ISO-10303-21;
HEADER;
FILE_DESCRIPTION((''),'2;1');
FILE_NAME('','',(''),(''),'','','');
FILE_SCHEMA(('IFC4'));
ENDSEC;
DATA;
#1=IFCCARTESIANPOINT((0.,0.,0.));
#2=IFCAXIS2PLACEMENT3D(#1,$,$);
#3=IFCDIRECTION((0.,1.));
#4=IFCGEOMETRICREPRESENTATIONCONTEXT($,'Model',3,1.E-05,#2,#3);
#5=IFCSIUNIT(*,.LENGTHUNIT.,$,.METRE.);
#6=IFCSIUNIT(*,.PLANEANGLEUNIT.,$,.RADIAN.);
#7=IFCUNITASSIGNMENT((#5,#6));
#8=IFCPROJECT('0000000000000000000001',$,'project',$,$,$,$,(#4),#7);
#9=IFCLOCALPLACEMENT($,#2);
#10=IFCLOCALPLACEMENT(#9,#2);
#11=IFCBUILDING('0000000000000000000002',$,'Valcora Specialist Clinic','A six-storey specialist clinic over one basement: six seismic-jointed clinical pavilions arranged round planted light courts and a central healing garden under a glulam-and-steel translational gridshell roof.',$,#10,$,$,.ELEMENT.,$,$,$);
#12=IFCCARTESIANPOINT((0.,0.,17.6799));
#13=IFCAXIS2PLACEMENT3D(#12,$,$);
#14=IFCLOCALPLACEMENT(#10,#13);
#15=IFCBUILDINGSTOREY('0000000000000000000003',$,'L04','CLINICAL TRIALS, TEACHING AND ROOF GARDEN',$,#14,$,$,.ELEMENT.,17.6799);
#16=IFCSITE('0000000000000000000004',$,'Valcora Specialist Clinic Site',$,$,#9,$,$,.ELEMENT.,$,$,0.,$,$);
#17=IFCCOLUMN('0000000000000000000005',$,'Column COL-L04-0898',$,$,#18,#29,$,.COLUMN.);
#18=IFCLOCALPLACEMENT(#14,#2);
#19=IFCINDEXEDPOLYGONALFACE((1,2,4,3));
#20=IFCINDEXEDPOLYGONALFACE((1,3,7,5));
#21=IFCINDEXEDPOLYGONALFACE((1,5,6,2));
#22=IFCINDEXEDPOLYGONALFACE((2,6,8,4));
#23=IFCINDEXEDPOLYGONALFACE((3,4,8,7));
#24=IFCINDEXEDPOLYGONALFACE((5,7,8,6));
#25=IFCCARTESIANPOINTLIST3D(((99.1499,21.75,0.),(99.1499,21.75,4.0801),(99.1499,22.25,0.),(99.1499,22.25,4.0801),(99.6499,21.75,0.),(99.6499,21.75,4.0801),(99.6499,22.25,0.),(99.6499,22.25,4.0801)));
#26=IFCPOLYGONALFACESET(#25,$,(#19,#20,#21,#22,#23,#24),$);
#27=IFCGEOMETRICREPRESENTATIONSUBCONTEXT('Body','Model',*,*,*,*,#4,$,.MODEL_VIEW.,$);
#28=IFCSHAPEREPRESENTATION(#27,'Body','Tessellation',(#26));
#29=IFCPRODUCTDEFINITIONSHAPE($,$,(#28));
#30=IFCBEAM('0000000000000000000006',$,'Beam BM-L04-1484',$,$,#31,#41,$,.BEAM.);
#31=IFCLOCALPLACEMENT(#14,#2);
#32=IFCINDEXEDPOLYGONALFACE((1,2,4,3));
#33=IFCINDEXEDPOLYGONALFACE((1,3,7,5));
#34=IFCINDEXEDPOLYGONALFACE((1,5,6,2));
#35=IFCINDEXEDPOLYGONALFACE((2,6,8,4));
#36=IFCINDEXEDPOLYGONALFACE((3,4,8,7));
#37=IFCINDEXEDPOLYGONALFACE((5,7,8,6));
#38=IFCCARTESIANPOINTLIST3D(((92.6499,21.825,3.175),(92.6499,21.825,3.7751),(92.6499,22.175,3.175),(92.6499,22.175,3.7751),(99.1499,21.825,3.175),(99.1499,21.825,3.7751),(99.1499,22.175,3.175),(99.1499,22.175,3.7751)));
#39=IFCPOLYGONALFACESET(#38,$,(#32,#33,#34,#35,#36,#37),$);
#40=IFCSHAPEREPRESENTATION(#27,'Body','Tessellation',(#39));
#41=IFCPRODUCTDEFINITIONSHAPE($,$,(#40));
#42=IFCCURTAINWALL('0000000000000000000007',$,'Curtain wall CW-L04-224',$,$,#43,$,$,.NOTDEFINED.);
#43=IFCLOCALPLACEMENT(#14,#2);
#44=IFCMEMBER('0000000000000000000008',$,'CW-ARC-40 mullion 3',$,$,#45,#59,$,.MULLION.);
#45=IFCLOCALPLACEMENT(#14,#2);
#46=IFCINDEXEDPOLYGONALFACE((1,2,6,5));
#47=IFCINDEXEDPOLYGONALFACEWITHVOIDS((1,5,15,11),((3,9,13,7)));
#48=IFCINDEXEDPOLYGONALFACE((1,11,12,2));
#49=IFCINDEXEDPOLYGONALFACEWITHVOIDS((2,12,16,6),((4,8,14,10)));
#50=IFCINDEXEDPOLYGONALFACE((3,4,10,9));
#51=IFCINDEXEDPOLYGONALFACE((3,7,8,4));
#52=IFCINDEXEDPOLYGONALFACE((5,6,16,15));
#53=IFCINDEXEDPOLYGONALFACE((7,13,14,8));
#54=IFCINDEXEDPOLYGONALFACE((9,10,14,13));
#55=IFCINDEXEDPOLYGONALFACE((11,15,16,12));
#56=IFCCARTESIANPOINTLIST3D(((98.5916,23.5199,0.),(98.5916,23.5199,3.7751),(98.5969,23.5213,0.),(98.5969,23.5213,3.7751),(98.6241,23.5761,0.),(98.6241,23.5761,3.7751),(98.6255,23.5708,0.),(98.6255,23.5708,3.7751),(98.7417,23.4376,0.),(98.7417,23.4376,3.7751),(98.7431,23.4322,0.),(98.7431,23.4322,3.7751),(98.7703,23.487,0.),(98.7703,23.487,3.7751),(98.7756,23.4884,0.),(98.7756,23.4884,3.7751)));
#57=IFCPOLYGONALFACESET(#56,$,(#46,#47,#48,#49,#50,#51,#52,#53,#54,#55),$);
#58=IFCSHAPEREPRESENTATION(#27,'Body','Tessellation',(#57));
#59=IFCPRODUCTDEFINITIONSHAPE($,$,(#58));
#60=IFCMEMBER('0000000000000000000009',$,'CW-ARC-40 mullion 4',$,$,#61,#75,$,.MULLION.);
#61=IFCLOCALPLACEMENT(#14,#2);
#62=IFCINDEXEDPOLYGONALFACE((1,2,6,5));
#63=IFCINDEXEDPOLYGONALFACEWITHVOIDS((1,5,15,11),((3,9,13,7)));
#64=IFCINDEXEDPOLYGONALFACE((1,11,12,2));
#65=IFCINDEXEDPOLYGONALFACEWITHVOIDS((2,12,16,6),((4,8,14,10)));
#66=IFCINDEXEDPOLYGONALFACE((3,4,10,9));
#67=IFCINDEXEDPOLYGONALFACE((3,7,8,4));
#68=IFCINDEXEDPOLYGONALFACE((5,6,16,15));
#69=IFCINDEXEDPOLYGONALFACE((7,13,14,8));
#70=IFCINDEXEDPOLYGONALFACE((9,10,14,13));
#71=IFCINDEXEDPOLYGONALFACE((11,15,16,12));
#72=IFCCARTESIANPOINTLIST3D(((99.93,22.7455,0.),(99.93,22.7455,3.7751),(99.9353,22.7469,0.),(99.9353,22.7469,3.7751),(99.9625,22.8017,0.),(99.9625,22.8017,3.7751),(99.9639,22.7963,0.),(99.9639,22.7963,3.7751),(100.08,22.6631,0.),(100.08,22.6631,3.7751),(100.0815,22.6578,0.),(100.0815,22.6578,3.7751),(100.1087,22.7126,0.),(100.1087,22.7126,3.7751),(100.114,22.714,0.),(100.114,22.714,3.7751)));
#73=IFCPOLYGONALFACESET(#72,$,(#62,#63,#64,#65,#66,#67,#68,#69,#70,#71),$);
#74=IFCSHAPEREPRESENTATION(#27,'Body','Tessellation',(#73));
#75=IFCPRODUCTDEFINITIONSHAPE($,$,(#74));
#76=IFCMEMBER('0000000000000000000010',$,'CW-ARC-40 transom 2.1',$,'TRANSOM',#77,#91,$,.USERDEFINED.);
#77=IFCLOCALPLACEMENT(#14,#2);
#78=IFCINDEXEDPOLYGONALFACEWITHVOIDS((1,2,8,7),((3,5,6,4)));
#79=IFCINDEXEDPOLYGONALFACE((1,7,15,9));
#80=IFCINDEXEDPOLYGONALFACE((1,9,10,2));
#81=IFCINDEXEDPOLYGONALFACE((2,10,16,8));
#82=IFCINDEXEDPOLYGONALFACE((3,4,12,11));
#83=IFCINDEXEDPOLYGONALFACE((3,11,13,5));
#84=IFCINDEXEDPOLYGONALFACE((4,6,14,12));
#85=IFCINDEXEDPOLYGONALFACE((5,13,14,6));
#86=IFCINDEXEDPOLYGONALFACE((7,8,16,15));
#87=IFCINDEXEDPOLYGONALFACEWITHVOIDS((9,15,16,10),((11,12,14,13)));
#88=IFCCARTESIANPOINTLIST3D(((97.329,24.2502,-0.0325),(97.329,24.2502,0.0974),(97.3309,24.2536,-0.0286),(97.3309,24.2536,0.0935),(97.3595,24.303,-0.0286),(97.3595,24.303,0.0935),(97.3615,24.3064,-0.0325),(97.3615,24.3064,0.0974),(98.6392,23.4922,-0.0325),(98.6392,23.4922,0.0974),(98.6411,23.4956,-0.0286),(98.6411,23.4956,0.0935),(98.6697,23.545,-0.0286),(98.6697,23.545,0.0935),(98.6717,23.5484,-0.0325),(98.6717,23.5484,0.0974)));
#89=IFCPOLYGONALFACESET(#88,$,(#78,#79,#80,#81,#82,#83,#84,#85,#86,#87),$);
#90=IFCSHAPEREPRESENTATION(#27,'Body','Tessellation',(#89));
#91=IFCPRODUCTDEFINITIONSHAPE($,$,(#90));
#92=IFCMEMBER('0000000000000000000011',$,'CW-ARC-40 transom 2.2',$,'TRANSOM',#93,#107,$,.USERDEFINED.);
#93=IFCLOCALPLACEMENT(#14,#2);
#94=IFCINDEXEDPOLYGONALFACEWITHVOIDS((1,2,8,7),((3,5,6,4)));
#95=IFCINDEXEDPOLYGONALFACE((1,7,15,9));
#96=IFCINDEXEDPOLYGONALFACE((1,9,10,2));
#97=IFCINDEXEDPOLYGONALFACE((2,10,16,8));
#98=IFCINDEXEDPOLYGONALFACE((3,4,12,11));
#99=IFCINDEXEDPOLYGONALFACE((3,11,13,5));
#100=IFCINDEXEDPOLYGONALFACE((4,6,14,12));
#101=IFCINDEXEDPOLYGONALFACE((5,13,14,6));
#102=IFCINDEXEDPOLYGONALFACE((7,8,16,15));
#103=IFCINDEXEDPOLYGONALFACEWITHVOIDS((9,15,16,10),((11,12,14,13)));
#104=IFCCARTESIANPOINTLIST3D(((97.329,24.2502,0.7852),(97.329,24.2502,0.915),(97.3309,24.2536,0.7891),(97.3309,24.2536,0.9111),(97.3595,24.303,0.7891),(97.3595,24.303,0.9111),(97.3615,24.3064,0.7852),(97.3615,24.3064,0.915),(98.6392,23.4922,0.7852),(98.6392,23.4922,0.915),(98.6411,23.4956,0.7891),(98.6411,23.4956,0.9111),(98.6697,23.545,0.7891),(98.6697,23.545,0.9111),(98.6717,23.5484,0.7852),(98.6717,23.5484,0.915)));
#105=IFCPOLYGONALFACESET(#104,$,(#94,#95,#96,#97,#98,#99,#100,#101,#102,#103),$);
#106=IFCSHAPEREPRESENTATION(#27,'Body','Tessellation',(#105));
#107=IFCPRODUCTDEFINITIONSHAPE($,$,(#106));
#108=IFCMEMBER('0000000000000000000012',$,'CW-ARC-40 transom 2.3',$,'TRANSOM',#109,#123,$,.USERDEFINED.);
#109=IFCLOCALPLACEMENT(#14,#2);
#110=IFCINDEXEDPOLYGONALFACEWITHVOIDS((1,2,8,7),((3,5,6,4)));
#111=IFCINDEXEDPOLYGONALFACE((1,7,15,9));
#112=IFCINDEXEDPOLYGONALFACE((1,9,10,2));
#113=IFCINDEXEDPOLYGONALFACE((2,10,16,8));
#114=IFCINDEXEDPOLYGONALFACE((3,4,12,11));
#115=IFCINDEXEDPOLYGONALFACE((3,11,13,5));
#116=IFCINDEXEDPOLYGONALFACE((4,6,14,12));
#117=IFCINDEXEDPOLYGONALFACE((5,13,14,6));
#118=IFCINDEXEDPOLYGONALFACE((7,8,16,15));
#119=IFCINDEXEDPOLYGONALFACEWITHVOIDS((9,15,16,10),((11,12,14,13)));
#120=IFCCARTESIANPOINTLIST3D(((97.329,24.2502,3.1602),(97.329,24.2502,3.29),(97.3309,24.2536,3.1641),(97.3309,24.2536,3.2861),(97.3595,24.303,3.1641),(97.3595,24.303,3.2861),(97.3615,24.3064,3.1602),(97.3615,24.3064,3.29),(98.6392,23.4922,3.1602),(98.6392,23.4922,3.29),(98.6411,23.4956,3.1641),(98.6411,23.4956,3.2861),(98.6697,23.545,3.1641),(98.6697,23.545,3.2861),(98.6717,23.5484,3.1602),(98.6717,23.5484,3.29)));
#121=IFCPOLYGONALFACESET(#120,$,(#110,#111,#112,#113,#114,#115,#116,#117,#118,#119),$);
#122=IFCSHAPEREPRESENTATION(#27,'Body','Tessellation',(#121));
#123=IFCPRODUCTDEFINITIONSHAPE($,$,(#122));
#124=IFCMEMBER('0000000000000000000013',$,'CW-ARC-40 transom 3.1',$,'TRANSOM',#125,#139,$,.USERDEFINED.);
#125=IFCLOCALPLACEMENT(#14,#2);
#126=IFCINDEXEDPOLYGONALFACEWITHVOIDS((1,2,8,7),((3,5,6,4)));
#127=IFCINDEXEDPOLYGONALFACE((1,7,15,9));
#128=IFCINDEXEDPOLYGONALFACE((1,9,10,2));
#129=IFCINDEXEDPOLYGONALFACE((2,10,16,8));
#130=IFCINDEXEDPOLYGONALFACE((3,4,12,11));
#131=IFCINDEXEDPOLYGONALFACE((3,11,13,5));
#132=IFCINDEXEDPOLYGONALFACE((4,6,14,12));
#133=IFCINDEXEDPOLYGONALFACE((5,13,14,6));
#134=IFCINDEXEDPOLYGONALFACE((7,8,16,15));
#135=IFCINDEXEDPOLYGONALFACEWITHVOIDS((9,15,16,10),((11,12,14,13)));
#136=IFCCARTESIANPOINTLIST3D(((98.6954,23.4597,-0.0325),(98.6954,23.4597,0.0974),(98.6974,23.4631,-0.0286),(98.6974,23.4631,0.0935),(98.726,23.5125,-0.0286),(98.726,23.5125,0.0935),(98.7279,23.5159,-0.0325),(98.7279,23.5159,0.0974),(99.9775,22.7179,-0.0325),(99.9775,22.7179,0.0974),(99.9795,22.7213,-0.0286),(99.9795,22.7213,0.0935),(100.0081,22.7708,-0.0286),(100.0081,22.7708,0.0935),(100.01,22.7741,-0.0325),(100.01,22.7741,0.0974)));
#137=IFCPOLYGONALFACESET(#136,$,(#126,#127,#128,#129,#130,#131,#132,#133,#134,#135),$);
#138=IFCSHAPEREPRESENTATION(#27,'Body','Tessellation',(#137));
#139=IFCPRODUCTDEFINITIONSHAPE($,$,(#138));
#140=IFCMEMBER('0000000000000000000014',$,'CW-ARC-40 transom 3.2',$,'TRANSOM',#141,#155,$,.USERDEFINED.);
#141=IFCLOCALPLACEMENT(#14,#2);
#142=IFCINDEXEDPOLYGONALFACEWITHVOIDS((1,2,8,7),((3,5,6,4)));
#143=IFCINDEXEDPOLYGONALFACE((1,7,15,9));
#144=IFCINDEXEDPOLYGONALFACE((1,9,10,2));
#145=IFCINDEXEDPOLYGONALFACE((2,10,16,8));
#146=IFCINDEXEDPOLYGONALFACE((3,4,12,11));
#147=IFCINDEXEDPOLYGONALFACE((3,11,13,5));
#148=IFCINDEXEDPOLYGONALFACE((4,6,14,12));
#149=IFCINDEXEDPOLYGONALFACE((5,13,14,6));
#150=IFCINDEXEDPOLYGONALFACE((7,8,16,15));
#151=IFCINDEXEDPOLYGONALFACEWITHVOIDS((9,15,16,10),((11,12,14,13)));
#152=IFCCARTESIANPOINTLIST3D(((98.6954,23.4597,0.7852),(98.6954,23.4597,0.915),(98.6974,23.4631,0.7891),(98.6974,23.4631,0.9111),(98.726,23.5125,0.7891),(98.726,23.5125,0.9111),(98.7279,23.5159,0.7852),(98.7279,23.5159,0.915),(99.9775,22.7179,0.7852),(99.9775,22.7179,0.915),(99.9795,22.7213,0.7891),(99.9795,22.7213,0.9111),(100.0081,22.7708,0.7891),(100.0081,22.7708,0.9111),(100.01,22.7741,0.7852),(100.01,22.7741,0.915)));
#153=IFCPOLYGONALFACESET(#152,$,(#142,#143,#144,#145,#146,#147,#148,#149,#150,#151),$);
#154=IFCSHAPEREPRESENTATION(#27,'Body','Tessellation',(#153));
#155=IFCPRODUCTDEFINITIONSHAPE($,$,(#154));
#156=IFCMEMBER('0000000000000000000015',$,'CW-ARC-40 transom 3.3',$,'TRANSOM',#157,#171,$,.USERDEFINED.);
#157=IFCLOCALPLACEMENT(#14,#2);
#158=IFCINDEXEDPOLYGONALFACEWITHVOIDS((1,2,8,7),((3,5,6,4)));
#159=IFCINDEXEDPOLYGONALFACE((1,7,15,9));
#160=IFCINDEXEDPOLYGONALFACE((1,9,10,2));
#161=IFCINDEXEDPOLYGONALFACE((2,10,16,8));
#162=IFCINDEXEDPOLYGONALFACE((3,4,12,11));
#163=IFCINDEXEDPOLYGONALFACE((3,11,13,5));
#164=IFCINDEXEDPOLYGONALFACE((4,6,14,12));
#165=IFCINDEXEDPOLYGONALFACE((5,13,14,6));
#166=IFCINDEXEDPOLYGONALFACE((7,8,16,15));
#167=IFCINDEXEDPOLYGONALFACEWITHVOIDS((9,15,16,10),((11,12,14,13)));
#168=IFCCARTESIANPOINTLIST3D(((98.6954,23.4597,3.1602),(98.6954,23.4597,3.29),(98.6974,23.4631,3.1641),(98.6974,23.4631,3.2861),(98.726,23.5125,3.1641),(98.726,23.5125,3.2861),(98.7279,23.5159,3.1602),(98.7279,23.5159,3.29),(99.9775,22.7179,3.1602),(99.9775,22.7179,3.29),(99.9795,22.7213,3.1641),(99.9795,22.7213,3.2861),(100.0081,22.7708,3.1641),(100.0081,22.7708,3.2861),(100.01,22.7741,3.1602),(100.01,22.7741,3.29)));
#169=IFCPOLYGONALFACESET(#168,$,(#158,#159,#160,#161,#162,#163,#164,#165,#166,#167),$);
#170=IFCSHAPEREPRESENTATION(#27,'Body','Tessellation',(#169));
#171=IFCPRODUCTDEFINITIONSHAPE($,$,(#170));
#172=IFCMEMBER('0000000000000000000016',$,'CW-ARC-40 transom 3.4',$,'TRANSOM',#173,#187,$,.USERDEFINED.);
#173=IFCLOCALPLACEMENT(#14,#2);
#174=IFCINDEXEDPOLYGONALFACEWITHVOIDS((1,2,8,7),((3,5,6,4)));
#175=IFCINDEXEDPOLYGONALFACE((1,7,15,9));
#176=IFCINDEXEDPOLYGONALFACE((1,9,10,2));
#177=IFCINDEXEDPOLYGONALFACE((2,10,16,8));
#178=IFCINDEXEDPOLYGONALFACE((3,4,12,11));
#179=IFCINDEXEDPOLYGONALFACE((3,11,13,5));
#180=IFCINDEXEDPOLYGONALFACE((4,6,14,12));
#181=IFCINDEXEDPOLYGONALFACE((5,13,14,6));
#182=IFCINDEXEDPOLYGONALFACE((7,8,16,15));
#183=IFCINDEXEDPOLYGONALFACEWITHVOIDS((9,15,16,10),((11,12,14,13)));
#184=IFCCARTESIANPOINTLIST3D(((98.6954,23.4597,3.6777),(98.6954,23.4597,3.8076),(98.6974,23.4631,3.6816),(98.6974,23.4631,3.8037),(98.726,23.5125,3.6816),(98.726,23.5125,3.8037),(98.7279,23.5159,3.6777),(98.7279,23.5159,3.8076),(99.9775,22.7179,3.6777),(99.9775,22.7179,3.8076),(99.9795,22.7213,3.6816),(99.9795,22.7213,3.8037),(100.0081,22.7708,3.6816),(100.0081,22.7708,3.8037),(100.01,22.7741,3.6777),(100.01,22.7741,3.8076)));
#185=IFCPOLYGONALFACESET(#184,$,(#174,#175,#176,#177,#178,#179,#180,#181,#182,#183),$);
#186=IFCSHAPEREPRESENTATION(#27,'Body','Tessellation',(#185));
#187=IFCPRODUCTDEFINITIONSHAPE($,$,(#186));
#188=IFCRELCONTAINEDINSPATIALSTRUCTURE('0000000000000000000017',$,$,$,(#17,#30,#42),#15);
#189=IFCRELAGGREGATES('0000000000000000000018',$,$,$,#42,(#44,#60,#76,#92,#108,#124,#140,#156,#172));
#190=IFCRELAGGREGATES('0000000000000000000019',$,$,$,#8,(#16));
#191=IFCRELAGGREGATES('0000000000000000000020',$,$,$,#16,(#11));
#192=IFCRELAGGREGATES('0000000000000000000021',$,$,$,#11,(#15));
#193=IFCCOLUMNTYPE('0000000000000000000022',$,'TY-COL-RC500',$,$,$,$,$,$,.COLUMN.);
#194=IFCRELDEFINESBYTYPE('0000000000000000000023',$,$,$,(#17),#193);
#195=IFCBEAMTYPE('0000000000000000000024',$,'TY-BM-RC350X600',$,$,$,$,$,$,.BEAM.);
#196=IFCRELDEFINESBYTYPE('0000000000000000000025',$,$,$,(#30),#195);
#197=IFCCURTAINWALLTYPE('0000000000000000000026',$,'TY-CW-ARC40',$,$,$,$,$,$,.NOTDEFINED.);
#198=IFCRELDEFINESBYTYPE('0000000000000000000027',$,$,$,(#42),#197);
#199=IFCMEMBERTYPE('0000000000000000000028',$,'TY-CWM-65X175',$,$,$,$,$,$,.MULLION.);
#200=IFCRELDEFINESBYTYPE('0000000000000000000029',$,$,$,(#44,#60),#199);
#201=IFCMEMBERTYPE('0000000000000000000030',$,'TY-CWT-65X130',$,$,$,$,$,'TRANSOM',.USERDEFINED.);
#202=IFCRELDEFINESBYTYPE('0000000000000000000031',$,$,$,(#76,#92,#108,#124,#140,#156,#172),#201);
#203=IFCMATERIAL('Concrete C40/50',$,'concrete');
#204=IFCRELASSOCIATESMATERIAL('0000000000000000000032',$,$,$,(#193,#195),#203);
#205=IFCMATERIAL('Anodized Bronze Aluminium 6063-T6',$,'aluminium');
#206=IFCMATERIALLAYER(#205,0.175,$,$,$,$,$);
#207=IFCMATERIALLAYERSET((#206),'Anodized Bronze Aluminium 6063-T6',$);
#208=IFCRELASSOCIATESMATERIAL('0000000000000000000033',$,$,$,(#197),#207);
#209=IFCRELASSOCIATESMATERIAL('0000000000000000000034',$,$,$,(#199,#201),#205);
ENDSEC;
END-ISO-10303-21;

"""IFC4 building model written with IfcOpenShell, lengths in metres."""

from ifc_helpers import new_model, si_unit, direction, frame, origin, origin_2d, place, context, subcontext, project, spatial, rectangle, hollow_rectangle, extrude, material, layer, layer_set, material_profile, profile_set, type_object, element, aggregate, save


model = new_model("IFC4")

# Units and contexts
model_context = context("Model", 3, precision=1e-05, world=origin(), true_north=direction((0.0, 1.0)))
body_context = subcontext(model_context, "Body", "Model", "MODEL_VIEW")
ifc_project = project(units=[si_unit("LENGTHUNIT", "METRE"), si_unit("PLANEANGLEUNIT", "RADIAN")], contexts=[model_context])

# Site, building, storey
site_placement = place(None, origin())
site = spatial("IfcSite", under=ifc_project, at=site_placement, Name="Valcora Specialist Clinic Site", CompositionType="ELEMENT", RefElevation=0.0)
building_placement = place(site_placement, origin())
building = spatial("IfcBuilding", under=site, at=building_placement, Name="Valcora Specialist Clinic", Description="A six-storey specialist clinic over one basement: six seismic-jointed clinical pavilions arranged round planted light courts and a central healing garden under a glulam-and-steel translational gridshell roof.", CompositionType="ELEMENT")
storey_placement = place(building_placement, frame((0.0, 0.0, 17.6799)))
storey = spatial("IfcBuildingStorey", under=building, at=storey_placement, Name="L04", Description="CLINICAL TRIALS, TEACHING AND ROOF GARDEN", CompositionType="ELEMENT", Elevation=17.6799)

# Column
ifc_material_1 = material(Name="Concrete C40/50", Category="concrete")
ifc_material_profile_1 = material_profile(ifc_material_1, rectangle(XDim=0.5, YDim=0.5, at=origin_2d()), Name="RC-COL-500X500")
ifc_profile_set_1 = profile_set([ifc_material_profile_1], Name="Concrete C40/50")
column_type = type_object("IfcColumnType", Name="TY-COL-RC500", PredefinedType="COLUMN", material=ifc_profile_set_1)
column_placement = place(storey_placement, frame((99.3999, 22.0, 0.0), z_axis=(0.0, 0.0, 1.0), x_axis=(1.0, 0.0, 0.0)))
element("IfcColumn", 1, at=column_placement, inside=storey, type_object=column_type, Name="Column COL-L04-0898", PredefinedType="COLUMN", context=body_context, shape_type="SweptSolid", body=[
    extrude(rectangle(XDim=0.5, YDim=0.5, at=origin_2d()), origin(), (0.0, 0.0, 1.0), 4.0801),
])

# Beam
ifc_material_profile_2 = material_profile(ifc_material_1, rectangle(XDim=0.3501, YDim=0.6001, at=origin_2d()), Name="RC-BM-350X600")
ifc_profile_set_2 = profile_set([ifc_material_profile_2], Name="Concrete C40/50")
beam_type = type_object("IfcBeamType", Name="TY-BM-RC350X600", PredefinedType="BEAM", material=ifc_profile_set_2)
beam_placement = place(storey_placement, frame((92.6499, 22.0, 3.4751), z_axis=(1.0, 0.0, 0.0), x_axis=(0.0, 1.0, 0.0)))
element("IfcBeam", 2, at=beam_placement, inside=storey, type_object=beam_type, Name="Beam BM-L04-1484", PredefinedType="BEAM", context=body_context, shape_type="SweptSolid", body=[
    extrude(rectangle(XDim=0.3501, YDim=0.6001, at=origin_2d()), origin(), (0.0, 0.0, 1.0), 6.5),
])

# Curtain wall, members
ifc_material_2 = material(Name="Anodized Bronze Aluminium 6063-T6", Category="aluminium")
ifc_layer_1 = layer(ifc_material_2, 0.175)
ifc_layer_set_1 = layer_set([ifc_layer_1], Name="Anodized Bronze Aluminium 6063-T6")
curtain_wall_type = type_object("IfcCurtainWallType", Name="TY-CW-ARC40", PredefinedType="NOTDEFINED", material=ifc_layer_set_1)
curtain_wall_placement = place(storey_placement, origin())
curtain_wall = element("IfcCurtainWall", 3, at=curtain_wall_placement, inside=storey, type_object=curtain_wall_type, Name="Curtain wall CW-L04-224", PredefinedType="NOTDEFINED")
ifc_material_profile_3 = material_profile(ifc_material_2, hollow_rectangle(XDim=0.0649, YDim=0.175, WallThickness=0.0039, at=origin_2d()), Name="AL-MUL-65X175")
ifc_profile_set_3 = profile_set([ifc_material_profile_3], Name="Anodized Bronze Aluminium 6063-T6")
member_type_1 = type_object("IfcMemberType", Name="TY-CWM-65X175", PredefinedType="MULLION", material=ifc_profile_set_3)
member_1_placement = place(storey_placement, frame((98.6836, 23.5042, 0.0), z_axis=(0.0, 0.0, 1.0), x_axis=(0.500796, 0.865566, 0.0)))
member_1 = element("IfcMember", 4, at=member_1_placement, type_object=member_type_1, Name="CW-ARC-40 mullion 3", PredefinedType="MULLION", context=body_context, shape_type="SweptSolid", body=[
    extrude(hollow_rectangle(XDim=0.0649, YDim=0.175, WallThickness=0.0039, at=origin_2d()), origin(), (0.0, 0.0, 1.0), 3.7751),
])
member_2_placement = place(storey_placement, frame((100.022, 22.7297, 0.0), z_axis=(0.0, 0.0, 1.0), x_axis=(0.500796, 0.865566, 0.0)))
member_2 = element("IfcMember", 5, at=member_2_placement, type_object=member_type_1, Name="CW-ARC-40 mullion 4", PredefinedType="MULLION", context=body_context, shape_type="SweptSolid", body=[
    extrude(hollow_rectangle(XDim=0.0649, YDim=0.175, WallThickness=0.0039, at=origin_2d()), origin(), (0.0, 0.0, 1.0), 3.7751),
])
ifc_material_profile_4 = material_profile(ifc_material_2, hollow_rectangle(XDim=0.0649, YDim=0.1299, WallThickness=0.0039, at=origin_2d()), Name="AL-TRN-65X130")
ifc_profile_set_4 = profile_set([ifc_material_profile_4], Name="Anodized Bronze Aluminium 6063-T6")
member_type_2 = type_object("IfcMemberType", Name="TY-CWT-65X130", ElementType="TRANSOM", PredefinedType="USERDEFINED", material=ifc_profile_set_4)
member_3_placement = place(storey_placement, frame((97.3452, 24.2783, 0.0325), z_axis=(0.865581, -0.500769, 0.0), x_axis=(0.500769, 0.865581, 0.0)))
member_3 = element("IfcMember", 6, at=member_3_placement, type_object=member_type_2, Name="CW-ARC-40 transom 2.1", ObjectType="TRANSOM", PredefinedType="USERDEFINED", context=body_context, shape_type="SweptSolid", body=[
    extrude(hollow_rectangle(XDim=0.0649, YDim=0.1299, WallThickness=0.0039, at=origin_2d()), origin(), (0.0, 0.0, 1.0), 1.5137),
])
member_4_placement = place(storey_placement, frame((97.3452, 24.2783, 0.8501), z_axis=(0.865581, -0.500769, 0.0), x_axis=(0.500769, 0.865581, 0.0)))
member_4 = element("IfcMember", 7, at=member_4_placement, type_object=member_type_2, Name="CW-ARC-40 transom 2.2", ObjectType="TRANSOM", PredefinedType="USERDEFINED", context=body_context, shape_type="SweptSolid", body=[
    extrude(hollow_rectangle(XDim=0.0649, YDim=0.1299, WallThickness=0.0039, at=origin_2d()), origin(), (0.0, 0.0, 1.0), 1.5137),
])
member_5_placement = place(storey_placement, frame((97.3452, 24.2783, 3.2251), z_axis=(0.865581, -0.500769, 0.0), x_axis=(0.500769, 0.865581, 0.0)))
member_5 = element("IfcMember", 8, at=member_5_placement, type_object=member_type_2, Name="CW-ARC-40 transom 2.3", ObjectType="TRANSOM", PredefinedType="USERDEFINED", context=body_context, shape_type="SweptSolid", body=[
    extrude(hollow_rectangle(XDim=0.0649, YDim=0.1299, WallThickness=0.0039, at=origin_2d()), origin(), (0.0, 0.0, 1.0), 1.5137),
])
member_6_placement = place(storey_placement, frame((98.7117, 23.4878, 0.0325), z_axis=(0.865573, -0.500783, 0.0), x_axis=(0.500783, 0.865573, 0.0)))
member_6 = element("IfcMember", 9, at=member_6_placement, type_object=member_type_2, Name="CW-ARC-40 transom 3.1", ObjectType="TRANSOM", PredefinedType="USERDEFINED", context=body_context, shape_type="SweptSolid", body=[
    extrude(hollow_rectangle(XDim=0.0649, YDim=0.1299, WallThickness=0.0039, at=origin_2d()), origin(), (0.0, 0.0, 1.0), 1.4812),
])
member_7_placement = place(storey_placement, frame((98.7117, 23.4878, 0.8501), z_axis=(0.865573, -0.500783, 0.0), x_axis=(0.500783, 0.865573, 0.0)))
member_7 = element("IfcMember", 10, at=member_7_placement, type_object=member_type_2, Name="CW-ARC-40 transom 3.2", ObjectType="TRANSOM", PredefinedType="USERDEFINED", context=body_context, shape_type="SweptSolid", body=[
    extrude(hollow_rectangle(XDim=0.0649, YDim=0.1299, WallThickness=0.0039, at=origin_2d()), origin(), (0.0, 0.0, 1.0), 1.4812),
])
member_8_placement = place(storey_placement, frame((98.7117, 23.4878, 3.2251), z_axis=(0.865573, -0.500783, 0.0), x_axis=(0.500783, 0.865573, 0.0)))
member_8 = element("IfcMember", 11, at=member_8_placement, type_object=member_type_2, Name="CW-ARC-40 transom 3.3", ObjectType="TRANSOM", PredefinedType="USERDEFINED", context=body_context, shape_type="SweptSolid", body=[
    extrude(hollow_rectangle(XDim=0.0649, YDim=0.1299, WallThickness=0.0039, at=origin_2d()), origin(), (0.0, 0.0, 1.0), 1.4812),
])
member_9_placement = place(storey_placement, frame((98.7117, 23.4878, 3.7427), z_axis=(0.865573, -0.500783, 0.0), x_axis=(0.500783, 0.865573, 0.0)))
member_9 = element("IfcMember", 12, at=member_9_placement, type_object=member_type_2, Name="CW-ARC-40 transom 3.4", ObjectType="TRANSOM", PredefinedType="USERDEFINED", context=body_context, shape_type="SweptSolid", body=[
    extrude(hollow_rectangle(XDim=0.0649, YDim=0.1299, WallThickness=0.0039, at=origin_2d()), origin(), (0.0, 0.0, 1.0), 1.4812),
])
aggregate(curtain_wall, [member_1, member_2, member_3, member_4, member_5, member_6, member_7, member_8, member_9])

save(model, "model.ifc")
